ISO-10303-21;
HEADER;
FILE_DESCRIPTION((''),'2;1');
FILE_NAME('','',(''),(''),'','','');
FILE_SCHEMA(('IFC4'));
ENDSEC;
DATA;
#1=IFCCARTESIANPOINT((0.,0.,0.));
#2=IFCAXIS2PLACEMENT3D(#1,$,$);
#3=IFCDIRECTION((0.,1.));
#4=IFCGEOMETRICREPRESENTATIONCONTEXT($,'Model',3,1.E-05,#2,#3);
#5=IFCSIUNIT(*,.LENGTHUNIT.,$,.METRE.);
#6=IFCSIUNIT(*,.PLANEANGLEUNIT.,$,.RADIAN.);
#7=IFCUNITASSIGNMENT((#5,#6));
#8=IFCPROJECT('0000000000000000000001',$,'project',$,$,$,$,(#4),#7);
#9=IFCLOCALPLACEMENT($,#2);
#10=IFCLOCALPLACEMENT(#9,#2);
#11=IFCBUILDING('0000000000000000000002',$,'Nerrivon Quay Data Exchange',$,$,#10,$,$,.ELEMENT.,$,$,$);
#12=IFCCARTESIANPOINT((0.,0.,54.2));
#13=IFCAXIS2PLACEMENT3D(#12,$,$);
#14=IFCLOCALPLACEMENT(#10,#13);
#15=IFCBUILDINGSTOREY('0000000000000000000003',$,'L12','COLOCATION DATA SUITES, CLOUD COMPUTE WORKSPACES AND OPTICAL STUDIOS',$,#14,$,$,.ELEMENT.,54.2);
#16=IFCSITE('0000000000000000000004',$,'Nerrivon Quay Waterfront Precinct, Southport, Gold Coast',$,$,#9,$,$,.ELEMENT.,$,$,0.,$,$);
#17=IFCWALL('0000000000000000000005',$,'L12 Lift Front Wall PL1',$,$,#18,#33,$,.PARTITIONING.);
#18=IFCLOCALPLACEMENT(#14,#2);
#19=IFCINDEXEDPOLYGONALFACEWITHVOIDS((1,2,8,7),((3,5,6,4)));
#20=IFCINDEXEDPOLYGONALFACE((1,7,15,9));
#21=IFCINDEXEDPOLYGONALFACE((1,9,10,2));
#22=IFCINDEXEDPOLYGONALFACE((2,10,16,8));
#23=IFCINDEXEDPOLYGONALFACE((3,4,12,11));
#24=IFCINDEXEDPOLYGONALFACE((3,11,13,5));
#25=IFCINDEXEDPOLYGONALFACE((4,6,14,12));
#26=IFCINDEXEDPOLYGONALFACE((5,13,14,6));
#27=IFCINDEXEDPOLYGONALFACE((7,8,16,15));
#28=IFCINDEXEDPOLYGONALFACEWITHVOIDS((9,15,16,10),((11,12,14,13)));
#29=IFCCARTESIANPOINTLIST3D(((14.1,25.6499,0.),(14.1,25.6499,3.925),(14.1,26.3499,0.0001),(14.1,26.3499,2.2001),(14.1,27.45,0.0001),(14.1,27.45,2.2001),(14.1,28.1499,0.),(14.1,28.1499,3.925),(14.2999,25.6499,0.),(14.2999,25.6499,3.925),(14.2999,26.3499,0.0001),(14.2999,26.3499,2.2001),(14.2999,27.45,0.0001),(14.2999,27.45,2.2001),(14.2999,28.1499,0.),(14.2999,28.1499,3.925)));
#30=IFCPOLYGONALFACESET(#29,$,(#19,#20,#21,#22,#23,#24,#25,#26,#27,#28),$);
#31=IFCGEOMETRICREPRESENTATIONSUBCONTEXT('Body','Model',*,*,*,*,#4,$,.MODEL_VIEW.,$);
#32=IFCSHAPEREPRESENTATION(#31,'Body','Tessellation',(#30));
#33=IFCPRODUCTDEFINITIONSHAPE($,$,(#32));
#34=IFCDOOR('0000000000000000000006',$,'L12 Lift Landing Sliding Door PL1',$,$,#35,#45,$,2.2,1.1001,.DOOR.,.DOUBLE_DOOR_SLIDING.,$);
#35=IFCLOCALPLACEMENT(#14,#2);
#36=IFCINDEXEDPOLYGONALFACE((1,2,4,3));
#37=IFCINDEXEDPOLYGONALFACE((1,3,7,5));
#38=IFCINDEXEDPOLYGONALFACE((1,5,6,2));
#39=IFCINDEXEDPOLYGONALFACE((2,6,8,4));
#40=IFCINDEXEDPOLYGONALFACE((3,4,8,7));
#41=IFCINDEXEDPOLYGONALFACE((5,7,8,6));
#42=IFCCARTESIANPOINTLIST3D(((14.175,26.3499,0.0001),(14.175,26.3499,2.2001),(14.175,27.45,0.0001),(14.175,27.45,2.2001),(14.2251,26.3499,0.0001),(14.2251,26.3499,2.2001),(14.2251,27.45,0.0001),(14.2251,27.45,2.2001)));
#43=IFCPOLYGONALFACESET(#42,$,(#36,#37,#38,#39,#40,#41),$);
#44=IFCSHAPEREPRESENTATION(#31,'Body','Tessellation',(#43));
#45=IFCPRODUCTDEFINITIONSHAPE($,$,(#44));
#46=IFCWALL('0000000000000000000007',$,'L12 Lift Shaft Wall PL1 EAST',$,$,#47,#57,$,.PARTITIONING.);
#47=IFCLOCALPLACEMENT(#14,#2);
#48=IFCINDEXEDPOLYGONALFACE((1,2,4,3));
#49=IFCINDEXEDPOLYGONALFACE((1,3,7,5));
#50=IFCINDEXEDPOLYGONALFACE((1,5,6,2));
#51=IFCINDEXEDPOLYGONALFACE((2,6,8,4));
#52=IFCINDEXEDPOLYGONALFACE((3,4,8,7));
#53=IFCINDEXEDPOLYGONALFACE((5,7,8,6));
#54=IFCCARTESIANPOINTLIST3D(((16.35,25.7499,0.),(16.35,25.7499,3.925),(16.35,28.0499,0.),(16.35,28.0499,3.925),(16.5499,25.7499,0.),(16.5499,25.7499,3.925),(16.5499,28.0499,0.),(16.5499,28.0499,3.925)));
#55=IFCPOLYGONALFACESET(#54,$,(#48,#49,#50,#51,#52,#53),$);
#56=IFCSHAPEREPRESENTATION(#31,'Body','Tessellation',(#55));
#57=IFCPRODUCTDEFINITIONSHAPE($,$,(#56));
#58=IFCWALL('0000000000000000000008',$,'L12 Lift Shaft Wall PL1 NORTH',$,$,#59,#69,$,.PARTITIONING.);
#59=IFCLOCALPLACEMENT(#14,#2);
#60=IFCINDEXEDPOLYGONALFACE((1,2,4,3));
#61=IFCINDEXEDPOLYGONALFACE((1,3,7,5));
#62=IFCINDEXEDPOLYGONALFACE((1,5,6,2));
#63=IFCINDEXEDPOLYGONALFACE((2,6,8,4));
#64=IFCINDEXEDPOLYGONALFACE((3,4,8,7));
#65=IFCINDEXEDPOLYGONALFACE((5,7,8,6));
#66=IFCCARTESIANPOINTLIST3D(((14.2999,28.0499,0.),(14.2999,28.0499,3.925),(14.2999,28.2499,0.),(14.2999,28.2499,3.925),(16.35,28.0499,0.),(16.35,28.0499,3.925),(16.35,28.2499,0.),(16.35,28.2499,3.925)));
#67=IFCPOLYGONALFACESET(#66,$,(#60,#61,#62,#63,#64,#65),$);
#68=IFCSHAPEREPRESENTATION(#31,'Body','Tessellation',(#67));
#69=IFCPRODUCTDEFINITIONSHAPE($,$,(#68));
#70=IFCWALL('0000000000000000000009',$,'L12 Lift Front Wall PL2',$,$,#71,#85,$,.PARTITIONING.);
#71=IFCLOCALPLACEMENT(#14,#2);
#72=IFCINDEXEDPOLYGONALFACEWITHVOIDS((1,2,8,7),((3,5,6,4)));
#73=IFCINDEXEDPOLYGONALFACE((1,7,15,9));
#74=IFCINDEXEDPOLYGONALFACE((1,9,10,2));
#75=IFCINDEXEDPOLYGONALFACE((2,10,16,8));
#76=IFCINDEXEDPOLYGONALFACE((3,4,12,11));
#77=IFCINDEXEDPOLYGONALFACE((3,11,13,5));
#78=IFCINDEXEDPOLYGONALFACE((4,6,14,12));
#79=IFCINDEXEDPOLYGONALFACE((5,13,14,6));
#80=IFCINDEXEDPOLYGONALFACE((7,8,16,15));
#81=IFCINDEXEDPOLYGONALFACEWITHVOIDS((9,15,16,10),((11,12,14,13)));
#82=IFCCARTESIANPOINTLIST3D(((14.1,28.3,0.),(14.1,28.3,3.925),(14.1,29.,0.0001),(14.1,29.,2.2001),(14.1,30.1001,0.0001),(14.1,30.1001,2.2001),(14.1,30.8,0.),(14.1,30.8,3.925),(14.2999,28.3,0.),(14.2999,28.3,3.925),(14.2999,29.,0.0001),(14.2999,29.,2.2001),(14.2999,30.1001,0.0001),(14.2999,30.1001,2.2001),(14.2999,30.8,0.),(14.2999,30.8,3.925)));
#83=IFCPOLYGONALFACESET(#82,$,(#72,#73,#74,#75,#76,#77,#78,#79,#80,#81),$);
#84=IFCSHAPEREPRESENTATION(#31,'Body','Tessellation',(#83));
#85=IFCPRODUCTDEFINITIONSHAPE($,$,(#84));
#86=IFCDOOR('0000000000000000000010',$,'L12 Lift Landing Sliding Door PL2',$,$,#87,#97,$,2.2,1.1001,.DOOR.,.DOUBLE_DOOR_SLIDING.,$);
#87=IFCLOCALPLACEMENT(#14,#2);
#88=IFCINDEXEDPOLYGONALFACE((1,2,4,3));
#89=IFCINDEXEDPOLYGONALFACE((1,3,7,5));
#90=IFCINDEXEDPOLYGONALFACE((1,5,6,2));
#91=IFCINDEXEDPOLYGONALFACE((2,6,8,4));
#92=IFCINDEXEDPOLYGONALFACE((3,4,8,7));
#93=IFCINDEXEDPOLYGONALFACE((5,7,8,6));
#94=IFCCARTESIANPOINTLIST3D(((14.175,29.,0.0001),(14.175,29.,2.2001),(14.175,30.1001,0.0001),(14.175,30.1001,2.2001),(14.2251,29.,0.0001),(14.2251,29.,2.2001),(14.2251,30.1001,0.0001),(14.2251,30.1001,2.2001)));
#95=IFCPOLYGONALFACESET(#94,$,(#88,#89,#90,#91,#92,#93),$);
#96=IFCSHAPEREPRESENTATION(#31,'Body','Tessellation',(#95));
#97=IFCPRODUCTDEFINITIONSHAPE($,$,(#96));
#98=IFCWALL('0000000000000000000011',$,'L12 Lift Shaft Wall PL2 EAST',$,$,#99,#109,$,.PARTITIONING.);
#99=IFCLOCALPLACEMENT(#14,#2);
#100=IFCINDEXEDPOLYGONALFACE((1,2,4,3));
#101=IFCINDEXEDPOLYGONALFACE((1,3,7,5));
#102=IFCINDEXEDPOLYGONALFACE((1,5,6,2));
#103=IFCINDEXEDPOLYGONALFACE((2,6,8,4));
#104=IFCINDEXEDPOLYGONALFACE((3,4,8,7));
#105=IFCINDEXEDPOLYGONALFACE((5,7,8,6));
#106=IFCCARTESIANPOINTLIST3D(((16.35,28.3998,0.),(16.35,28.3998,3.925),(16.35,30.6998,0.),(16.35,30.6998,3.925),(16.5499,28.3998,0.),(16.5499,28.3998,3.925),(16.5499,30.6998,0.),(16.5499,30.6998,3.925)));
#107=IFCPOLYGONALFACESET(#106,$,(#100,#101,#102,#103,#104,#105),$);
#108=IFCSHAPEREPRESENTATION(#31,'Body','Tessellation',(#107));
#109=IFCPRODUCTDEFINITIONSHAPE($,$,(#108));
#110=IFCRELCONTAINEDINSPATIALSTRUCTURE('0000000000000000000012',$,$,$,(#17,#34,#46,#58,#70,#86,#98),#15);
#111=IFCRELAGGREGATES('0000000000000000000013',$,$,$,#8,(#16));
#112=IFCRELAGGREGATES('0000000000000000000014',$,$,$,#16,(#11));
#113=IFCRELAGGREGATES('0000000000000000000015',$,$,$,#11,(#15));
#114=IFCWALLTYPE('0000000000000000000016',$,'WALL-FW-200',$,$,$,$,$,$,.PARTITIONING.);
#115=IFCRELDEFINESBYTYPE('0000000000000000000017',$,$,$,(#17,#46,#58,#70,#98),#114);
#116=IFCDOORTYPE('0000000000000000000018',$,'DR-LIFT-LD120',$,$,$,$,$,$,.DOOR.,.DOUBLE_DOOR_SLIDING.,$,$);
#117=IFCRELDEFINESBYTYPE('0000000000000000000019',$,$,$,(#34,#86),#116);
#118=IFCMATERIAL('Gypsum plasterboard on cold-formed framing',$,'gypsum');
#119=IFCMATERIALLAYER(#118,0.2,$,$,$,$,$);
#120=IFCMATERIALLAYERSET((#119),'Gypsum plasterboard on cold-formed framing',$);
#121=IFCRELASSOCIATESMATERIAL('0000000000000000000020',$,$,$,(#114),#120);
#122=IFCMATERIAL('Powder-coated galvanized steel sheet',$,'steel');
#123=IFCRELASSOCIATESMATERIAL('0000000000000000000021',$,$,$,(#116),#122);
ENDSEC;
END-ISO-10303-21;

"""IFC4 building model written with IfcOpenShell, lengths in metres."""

from ifc_helpers import new_model, si_unit, direction, frame, frame_2d, origin, place, context, subcontext, project, spatial, rectangle, extrude, material, layer, layer_set, type_object, element, fill, save


model = new_model("IFC4")

# Units and contexts
model_context = context("Model", 3, precision=1e-05, world=origin(), true_north=direction((0.0, 1.0)))
body_context = subcontext(model_context, "Body", "Model", "MODEL_VIEW")
ifc_project = project(units=[si_unit("LENGTHUNIT", "METRE"), si_unit("PLANEANGLEUNIT", "RADIAN")], contexts=[model_context])

# Site, building, storey
site_placement = place(None, origin())
site = spatial("IfcSite", under=ifc_project, at=site_placement, Name="Nerrivon Quay Waterfront Precinct, Southport, Gold Coast", CompositionType="ELEMENT", RefElevation=0.0)
building_placement = place(site_placement, origin())
building = spatial("IfcBuilding", under=site, at=building_placement, Name="Nerrivon Quay Data Exchange", CompositionType="ELEMENT")
storey_placement = place(building_placement, frame((0.0, 0.0, 54.2)))
storey = spatial("IfcBuildingStorey", under=building, at=storey_placement, Name="L12", Description="COLOCATION DATA SUITES, CLOUD COMPUTE WORKSPACES AND OPTICAL STUDIOS", CompositionType="ELEMENT", Elevation=54.2)

# Shared definitions
ifc_material_1 = material(Name="Powder-coated galvanized steel sheet", Category="steel")
ifc_material_2 = material(Name="Gypsum plasterboard on cold-formed framing", Category="gypsum")
ifc_layer_1 = layer(ifc_material_2, 0.2)
ifc_layer_set_1 = layer_set([ifc_layer_1], Name="Gypsum plasterboard on cold-formed framing")
wall_type_1 = type_object("IfcWallType", Name="WALL-FW-200", PredefinedType="PARTITIONING", material=ifc_layer_set_1)
door_type_1 = type_object("IfcDoorType", Name="DR-LIFT-LD120", OperationType="DOUBLE_DOOR_SLIDING", PredefinedType="DOOR", material=ifc_material_1)

# Wall, opening, door
wall_1_placement = place(storey_placement, frame((14.2, 25.6499, 0.0), z_axis=(0.0, 0.0, 1.0), x_axis=(0.0, 1.0, 0.0)))
wall_1 = element("IfcWall", 1, at=wall_1_placement, inside=storey, type_object=wall_type_1, Name="L12 Lift Front Wall PL1", PredefinedType="PARTITIONING", context=body_context, shape_type="SweptSolid", body=[
    extrude(rectangle(XDim=2.5, YDim=0.2, at=frame_2d((1.25, 0.0))), origin(), (0.0, 0.0, 1.0), 3.925),
])
opening_1_placement = place(wall_1_placement, frame((0.7, 0.0, 0.0)))
opening_1 = element("IfcOpeningElement", 2, at=opening_1_placement, cuts=wall_1, PredefinedType="OPENING", context=body_context, shape_type="SweptSolid", body=[
    extrude(rectangle(XDim=1.1001, YDim=2.2, at=frame_2d((0.55, 1.1001))), frame((0.0, 0.1099, 0.0), z_axis=(0.0, -1.0, 0.0), x_axis=(1.0, 0.0, 0.0)), (0.0, 0.0, 1.0), 0.22),
])
door_1_placement = place(opening_1_placement, origin())
door_1 = element("IfcDoor", 3, at=door_1_placement, inside=storey, type_object=door_type_1, Name="L12 Lift Landing Sliding Door PL1", OperationType="DOUBLE_DOOR_SLIDING", OverallHeight=2.2, OverallWidth=1.1001, PredefinedType="DOOR", context=body_context, shape_type="SweptSolid", body=[
    extrude(rectangle(XDim=1.1001, YDim=2.2, at=frame_2d((0.55, 1.1001))), frame((0.0, 0.0249, 0.0), z_axis=(0.0, -1.0, 0.0), x_axis=(1.0, 0.0, 0.0)), (0.0, 0.0, 1.0), 0.05),
])
fill(opening_1, door_1)

# Walls
wall_2_placement = place(storey_placement, frame((16.45, 25.75, 0.0), z_axis=(0.0, 0.0, 1.0), x_axis=(0.0, 1.0, 0.0)))
element("IfcWall", 4, at=wall_2_placement, inside=storey, type_object=wall_type_1, Name="L12 Lift Shaft Wall PL1 EAST", PredefinedType="PARTITIONING", context=body_context, shape_type="SweptSolid", body=[
    extrude(rectangle(XDim=2.3, YDim=0.2, at=frame_2d((1.1499, 0.0))), origin(), (0.0, 0.0, 1.0), 3.925),
])
wall_3_placement = place(storey_placement, frame((14.3, 28.1499, 0.0), z_axis=(0.0, 0.0, 1.0), x_axis=(1.0, 0.0, 0.0)))
element("IfcWall", 5, at=wall_3_placement, inside=storey, type_object=wall_type_1, Name="L12 Lift Shaft Wall PL1 NORTH", PredefinedType="PARTITIONING", context=body_context, shape_type="SweptSolid", body=[
    extrude(rectangle(XDim=2.05, YDim=0.2, at=frame_2d((1.0249, 0.0))), origin(), (0.0, 0.0, 1.0), 3.925),
])

# Wall, opening, door
wall_4_placement = place(storey_placement, frame((14.2, 28.3, 0.0), z_axis=(0.0, 0.0, 1.0), x_axis=(0.0, 1.0, 0.0)))
wall_4 = element("IfcWall", 6, at=wall_4_placement, inside=storey, type_object=wall_type_1, Name="L12 Lift Front Wall PL2", PredefinedType="PARTITIONING", context=body_context, shape_type="SweptSolid", body=[
    extrude(rectangle(XDim=2.5, YDim=0.2, at=frame_2d((1.25, 0.0))), origin(), (0.0, 0.0, 1.0), 3.925),
])
opening_2_placement = place(wall_4_placement, frame((0.7, 0.0, 0.0)))
opening_2 = element("IfcOpeningElement", 7, at=opening_2_placement, cuts=wall_4, PredefinedType="OPENING", context=body_context, shape_type="SweptSolid", body=[
    extrude(rectangle(XDim=1.1001, YDim=2.2, at=frame_2d((0.55, 1.1001))), frame((0.0, 0.1099, 0.0), z_axis=(0.0, -1.0, 0.0), x_axis=(1.0, 0.0, 0.0)), (0.0, 0.0, 1.0), 0.22),
])
door_2_placement = place(opening_2_placement, origin())
door_2 = element("IfcDoor", 8, at=door_2_placement, inside=storey, type_object=door_type_1, Name="L12 Lift Landing Sliding Door PL2", OperationType="DOUBLE_DOOR_SLIDING", OverallHeight=2.2, OverallWidth=1.1001, PredefinedType="DOOR", context=body_context, shape_type="SweptSolid", body=[
    extrude(rectangle(XDim=1.1001, YDim=2.2, at=frame_2d((0.55, 1.1001))), frame((0.0, 0.0249, 0.0), z_axis=(0.0, -1.0, 0.0), x_axis=(1.0, 0.0, 0.0)), (0.0, 0.0, 1.0), 0.05),
])
fill(opening_2, door_2)

# Wall
wall_5_placement = place(storey_placement, frame((16.45, 28.3999, 0.0), z_axis=(0.0, 0.0, 1.0), x_axis=(0.0, 1.0, 0.0)))
element("IfcWall", 9, at=wall_5_placement, inside=storey, type_object=wall_type_1, Name="L12 Lift Shaft Wall PL2 EAST", PredefinedType="PARTITIONING", context=body_context, shape_type="SweptSolid", body=[
    extrude(rectangle(XDim=2.3, YDim=0.2, at=frame_2d((1.1499, 0.0))), origin(), (0.0, 0.0, 1.0), 3.925),
])

save(model, "model.ifc")
